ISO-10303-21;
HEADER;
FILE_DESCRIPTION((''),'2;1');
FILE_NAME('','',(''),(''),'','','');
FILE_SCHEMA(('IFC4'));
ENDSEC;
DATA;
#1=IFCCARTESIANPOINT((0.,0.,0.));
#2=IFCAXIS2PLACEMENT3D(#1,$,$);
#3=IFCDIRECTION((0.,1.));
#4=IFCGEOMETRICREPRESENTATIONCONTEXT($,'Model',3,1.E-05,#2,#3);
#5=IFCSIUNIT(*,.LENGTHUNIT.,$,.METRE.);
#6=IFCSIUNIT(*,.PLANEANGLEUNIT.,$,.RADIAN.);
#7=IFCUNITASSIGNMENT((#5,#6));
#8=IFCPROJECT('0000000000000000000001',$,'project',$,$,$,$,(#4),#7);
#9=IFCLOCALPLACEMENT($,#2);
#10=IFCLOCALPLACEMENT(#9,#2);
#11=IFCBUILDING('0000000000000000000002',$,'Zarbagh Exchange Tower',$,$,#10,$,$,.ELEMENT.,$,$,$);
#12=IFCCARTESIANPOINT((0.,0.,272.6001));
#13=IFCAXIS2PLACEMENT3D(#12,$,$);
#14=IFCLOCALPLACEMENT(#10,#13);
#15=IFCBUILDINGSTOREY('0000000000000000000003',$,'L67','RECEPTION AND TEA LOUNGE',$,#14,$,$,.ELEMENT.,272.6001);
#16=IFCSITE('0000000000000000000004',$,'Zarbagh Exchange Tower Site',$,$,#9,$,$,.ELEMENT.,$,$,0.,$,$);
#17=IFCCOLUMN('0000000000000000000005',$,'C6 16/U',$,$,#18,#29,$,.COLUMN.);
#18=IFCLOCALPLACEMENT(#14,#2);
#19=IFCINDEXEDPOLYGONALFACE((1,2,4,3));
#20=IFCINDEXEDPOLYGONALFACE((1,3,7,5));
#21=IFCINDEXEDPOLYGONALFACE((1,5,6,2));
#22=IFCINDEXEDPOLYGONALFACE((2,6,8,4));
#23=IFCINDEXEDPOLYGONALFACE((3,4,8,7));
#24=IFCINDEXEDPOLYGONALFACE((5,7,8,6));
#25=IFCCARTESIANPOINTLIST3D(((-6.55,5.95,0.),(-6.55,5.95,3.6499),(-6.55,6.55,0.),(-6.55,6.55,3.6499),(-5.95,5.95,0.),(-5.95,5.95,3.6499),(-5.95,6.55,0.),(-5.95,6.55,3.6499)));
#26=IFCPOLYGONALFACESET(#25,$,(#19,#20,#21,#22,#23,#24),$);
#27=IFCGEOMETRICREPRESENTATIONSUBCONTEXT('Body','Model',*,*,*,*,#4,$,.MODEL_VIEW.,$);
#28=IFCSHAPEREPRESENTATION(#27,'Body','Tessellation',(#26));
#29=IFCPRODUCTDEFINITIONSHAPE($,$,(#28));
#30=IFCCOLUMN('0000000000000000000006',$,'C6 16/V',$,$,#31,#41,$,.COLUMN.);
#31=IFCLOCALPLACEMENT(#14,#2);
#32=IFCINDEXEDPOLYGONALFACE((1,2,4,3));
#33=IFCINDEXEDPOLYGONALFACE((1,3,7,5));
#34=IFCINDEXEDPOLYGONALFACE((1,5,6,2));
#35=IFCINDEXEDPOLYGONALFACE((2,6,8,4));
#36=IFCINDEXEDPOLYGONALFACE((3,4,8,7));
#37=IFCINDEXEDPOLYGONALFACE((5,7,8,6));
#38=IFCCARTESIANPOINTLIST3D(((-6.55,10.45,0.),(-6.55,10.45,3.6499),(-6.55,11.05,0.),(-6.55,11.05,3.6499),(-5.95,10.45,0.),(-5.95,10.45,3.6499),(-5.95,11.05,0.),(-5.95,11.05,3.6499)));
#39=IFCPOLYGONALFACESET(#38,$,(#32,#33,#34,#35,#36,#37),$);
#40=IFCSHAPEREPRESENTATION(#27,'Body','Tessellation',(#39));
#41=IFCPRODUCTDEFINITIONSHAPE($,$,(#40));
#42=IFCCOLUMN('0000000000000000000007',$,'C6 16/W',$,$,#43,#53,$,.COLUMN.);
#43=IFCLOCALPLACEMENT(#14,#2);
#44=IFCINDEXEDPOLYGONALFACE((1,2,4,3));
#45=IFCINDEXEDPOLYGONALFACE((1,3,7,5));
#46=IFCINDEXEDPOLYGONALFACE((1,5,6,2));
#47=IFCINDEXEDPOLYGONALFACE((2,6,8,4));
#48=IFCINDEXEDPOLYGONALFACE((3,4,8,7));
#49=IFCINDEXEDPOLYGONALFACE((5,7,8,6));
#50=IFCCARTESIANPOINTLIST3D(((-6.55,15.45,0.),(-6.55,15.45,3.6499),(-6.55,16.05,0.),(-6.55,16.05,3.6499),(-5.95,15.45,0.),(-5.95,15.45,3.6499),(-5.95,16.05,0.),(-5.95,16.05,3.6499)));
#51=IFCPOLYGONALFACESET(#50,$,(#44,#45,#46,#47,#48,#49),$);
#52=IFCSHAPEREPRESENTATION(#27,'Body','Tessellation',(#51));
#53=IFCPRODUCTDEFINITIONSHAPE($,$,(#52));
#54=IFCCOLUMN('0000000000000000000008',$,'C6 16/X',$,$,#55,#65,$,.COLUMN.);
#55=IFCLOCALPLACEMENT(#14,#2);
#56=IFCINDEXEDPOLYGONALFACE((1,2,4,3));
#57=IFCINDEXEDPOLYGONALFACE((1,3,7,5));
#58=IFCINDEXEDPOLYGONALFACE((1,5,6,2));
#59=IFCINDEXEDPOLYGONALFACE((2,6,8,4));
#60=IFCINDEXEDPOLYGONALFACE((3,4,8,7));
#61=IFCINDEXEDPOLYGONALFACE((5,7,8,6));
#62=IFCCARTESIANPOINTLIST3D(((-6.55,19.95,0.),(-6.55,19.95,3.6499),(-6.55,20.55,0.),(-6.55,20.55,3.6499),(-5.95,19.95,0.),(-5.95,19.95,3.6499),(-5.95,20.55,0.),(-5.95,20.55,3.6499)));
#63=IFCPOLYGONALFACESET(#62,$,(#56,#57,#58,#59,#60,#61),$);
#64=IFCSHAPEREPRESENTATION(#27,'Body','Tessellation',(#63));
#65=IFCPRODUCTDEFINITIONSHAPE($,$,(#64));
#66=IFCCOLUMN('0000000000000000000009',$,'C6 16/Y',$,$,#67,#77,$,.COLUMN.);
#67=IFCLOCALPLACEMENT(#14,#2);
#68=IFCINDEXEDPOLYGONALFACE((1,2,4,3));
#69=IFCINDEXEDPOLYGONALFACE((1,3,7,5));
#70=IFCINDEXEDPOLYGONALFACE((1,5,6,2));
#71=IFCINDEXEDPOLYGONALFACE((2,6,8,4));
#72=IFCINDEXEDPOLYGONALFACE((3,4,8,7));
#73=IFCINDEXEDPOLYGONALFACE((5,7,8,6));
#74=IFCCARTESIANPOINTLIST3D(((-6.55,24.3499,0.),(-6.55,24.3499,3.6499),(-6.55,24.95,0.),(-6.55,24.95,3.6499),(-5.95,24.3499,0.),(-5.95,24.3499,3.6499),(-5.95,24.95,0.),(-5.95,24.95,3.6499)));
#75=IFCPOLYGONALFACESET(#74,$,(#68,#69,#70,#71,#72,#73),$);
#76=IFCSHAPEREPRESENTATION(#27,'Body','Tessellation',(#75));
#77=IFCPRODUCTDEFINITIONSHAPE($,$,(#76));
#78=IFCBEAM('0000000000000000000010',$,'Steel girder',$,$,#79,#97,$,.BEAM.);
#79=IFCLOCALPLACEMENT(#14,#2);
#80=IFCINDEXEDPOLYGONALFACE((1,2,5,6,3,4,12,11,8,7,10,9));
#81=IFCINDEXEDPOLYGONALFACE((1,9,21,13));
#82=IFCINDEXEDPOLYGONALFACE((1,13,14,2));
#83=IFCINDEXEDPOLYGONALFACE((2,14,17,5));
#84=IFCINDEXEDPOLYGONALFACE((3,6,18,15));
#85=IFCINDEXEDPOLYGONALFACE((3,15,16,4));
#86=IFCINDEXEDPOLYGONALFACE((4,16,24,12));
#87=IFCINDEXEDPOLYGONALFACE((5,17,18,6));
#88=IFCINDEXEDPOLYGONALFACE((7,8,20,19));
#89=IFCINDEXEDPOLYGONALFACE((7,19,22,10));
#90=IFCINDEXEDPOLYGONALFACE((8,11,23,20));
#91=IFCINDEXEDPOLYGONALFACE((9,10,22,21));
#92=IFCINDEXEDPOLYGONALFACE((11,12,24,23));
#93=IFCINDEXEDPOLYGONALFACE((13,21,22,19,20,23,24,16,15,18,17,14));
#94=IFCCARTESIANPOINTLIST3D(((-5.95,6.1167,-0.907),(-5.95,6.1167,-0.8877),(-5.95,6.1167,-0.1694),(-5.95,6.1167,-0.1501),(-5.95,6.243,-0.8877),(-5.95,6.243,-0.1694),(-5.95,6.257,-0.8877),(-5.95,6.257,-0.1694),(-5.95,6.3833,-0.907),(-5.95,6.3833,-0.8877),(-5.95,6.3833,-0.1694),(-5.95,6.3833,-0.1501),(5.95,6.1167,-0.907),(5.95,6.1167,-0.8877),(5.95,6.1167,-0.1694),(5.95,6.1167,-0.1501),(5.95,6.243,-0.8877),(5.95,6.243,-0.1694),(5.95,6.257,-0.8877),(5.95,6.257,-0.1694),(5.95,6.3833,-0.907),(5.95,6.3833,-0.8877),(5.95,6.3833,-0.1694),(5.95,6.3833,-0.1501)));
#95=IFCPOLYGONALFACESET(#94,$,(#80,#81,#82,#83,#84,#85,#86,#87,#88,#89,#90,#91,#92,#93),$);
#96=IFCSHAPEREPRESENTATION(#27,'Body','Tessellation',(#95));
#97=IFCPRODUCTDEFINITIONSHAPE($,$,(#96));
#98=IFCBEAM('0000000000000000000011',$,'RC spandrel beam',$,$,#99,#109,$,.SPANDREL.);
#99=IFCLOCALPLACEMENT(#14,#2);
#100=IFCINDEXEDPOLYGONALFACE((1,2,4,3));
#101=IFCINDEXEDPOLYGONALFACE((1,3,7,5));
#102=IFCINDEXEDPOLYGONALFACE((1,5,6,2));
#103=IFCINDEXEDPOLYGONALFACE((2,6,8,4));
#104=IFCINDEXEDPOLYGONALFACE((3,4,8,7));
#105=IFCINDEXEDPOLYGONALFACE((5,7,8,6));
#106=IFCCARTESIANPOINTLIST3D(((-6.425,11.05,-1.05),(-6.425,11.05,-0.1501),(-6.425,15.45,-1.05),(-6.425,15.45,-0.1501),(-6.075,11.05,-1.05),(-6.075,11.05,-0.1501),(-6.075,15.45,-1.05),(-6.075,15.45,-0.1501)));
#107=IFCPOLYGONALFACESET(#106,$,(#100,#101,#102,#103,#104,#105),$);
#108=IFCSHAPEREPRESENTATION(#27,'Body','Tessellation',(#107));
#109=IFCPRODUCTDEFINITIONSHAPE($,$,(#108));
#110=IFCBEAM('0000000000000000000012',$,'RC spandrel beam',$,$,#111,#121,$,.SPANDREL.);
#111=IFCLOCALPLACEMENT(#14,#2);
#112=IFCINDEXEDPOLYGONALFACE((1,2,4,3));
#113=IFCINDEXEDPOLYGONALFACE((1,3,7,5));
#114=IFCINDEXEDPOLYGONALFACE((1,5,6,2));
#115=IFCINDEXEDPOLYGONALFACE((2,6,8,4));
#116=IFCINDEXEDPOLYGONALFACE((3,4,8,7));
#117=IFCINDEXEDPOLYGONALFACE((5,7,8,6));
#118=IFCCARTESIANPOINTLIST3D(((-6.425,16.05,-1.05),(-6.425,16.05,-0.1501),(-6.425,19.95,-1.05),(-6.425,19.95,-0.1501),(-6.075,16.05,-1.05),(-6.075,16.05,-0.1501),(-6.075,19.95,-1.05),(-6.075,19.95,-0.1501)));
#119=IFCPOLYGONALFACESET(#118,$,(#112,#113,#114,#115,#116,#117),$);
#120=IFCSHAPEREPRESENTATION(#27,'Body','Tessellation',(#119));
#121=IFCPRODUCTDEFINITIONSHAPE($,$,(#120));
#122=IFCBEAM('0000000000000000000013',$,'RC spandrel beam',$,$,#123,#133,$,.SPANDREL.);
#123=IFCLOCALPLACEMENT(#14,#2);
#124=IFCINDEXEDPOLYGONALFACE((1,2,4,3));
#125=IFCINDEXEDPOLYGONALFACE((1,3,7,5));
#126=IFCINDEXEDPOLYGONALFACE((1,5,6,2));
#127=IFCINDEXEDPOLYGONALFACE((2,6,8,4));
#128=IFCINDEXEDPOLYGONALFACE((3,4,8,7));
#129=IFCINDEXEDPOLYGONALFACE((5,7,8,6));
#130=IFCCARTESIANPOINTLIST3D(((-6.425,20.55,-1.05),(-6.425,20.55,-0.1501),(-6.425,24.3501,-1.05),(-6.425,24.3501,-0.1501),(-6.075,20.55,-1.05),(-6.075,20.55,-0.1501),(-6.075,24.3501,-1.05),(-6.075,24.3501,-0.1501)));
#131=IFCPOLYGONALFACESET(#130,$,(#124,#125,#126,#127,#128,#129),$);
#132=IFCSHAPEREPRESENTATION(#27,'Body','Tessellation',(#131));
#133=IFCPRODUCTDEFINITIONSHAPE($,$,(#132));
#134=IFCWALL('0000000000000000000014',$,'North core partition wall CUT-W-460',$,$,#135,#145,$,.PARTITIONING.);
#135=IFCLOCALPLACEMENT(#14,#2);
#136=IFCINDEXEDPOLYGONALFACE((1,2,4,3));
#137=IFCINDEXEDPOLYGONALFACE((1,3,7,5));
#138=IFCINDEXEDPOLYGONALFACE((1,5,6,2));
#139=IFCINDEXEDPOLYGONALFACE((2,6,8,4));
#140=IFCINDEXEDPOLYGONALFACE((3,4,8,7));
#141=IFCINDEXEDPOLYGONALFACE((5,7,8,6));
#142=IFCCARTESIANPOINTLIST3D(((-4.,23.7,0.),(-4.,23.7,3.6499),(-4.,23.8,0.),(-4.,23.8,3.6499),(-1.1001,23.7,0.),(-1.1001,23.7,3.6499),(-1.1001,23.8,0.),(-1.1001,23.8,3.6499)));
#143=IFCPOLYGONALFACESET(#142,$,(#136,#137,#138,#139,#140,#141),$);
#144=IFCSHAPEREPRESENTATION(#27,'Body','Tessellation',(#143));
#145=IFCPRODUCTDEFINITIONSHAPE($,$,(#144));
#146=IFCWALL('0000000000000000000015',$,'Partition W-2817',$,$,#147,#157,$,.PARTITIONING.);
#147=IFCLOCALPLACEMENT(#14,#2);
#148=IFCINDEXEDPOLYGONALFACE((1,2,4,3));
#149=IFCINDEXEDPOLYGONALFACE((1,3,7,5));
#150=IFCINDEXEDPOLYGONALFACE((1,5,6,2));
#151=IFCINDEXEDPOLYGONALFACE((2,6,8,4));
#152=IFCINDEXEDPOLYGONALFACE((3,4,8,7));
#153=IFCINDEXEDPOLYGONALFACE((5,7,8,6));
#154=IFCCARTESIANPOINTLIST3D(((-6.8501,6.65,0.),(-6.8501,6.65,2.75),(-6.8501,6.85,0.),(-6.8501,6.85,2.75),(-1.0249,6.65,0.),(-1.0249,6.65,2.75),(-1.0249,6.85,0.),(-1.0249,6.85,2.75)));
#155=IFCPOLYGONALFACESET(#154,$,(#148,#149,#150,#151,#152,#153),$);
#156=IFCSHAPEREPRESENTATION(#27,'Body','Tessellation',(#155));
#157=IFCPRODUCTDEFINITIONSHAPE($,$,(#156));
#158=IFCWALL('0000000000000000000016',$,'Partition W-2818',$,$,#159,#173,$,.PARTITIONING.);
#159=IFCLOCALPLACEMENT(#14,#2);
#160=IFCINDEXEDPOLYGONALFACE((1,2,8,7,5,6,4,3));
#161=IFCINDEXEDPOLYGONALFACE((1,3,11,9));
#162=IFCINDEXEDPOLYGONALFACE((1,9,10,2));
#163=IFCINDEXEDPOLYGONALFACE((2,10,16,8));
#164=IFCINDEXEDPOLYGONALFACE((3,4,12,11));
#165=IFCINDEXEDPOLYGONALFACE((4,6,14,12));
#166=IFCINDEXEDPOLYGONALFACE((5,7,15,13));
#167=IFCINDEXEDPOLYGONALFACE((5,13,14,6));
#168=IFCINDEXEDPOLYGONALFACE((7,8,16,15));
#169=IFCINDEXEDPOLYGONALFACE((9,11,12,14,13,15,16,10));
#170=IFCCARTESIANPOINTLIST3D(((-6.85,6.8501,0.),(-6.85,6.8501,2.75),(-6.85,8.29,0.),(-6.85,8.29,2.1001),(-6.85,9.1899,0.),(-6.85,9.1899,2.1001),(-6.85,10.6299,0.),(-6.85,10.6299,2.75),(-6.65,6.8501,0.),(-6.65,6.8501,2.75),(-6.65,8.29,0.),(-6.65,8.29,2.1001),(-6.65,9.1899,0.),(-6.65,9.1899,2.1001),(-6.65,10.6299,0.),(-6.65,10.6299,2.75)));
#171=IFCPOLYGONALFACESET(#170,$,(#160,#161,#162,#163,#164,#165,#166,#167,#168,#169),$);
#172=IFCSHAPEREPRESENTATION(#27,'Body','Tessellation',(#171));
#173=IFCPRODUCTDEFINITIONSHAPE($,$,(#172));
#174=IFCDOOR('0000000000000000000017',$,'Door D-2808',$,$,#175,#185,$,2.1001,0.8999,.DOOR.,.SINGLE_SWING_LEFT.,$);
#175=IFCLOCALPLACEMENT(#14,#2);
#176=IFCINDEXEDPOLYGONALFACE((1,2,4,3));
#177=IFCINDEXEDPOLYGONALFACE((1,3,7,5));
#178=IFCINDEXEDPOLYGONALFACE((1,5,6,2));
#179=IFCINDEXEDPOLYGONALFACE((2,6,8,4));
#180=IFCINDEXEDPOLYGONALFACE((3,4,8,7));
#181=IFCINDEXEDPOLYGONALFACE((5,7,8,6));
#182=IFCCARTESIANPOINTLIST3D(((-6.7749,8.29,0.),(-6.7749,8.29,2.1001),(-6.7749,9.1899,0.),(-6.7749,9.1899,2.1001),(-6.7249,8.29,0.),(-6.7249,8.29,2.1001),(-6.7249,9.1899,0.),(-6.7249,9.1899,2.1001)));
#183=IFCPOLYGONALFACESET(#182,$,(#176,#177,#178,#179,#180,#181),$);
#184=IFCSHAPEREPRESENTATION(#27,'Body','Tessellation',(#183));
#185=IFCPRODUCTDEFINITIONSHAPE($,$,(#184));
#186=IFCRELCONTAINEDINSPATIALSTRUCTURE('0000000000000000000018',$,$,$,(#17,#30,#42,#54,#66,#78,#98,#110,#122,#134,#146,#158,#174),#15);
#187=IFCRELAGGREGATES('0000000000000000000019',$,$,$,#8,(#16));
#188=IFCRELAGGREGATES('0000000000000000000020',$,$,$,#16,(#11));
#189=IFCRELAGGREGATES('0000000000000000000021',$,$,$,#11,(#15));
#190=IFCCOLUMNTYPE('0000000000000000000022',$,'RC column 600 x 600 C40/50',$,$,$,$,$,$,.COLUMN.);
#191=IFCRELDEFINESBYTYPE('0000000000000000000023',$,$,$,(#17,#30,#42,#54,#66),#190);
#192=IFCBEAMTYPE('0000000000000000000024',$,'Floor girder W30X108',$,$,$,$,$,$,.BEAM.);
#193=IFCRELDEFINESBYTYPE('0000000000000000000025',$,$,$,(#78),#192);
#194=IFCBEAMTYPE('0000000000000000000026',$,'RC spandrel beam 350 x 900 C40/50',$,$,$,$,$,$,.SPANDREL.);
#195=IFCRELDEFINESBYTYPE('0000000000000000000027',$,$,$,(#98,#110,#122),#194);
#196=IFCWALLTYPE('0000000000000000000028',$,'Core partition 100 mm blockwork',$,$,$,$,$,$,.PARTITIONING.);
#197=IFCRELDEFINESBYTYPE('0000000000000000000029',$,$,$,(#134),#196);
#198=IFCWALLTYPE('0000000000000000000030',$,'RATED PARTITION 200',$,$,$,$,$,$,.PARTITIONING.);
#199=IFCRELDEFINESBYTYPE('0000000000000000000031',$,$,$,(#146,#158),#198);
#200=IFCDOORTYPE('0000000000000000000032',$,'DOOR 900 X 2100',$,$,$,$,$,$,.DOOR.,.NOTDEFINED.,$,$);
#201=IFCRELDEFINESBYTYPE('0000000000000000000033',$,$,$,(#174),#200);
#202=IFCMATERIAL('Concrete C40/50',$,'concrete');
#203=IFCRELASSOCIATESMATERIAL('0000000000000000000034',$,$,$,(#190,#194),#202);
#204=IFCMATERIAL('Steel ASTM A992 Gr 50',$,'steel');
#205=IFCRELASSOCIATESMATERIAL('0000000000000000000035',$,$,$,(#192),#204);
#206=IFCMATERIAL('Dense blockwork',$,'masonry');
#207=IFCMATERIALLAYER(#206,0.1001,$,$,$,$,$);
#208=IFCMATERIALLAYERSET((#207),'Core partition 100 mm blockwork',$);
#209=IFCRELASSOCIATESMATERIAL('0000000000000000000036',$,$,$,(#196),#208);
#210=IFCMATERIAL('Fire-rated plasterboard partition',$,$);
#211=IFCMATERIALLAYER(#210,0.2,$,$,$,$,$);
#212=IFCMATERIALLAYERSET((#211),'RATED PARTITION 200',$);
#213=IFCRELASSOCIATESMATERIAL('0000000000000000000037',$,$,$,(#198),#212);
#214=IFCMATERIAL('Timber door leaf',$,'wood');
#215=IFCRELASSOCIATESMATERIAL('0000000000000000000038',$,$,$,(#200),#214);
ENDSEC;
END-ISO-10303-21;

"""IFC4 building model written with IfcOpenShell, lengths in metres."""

from ifc_helpers import new_model, si_unit, direction, frame, frame_2d, origin, origin_2d, place, context, subcontext, project, spatial, rectangle, i_section, extrude, material, layer, layer_set, material_profile, profile_set, type_object, element, fill, save


model = new_model("IFC4")

# Units and contexts
model_context = context("Model", 3, precision=1e-05, world=origin(), true_north=direction((0.0, 1.0)))
body_context = subcontext(model_context, "Body", "Model", "MODEL_VIEW")
ifc_project = project(units=[si_unit("LENGTHUNIT", "METRE"), si_unit("PLANEANGLEUNIT", "RADIAN")], contexts=[model_context])

# Site, building, storey
site_placement = place(None, origin())
site = spatial("IfcSite", under=ifc_project, at=site_placement, Name="Zarbagh Exchange Tower Site", CompositionType="ELEMENT", RefElevation=0.0)
building_placement = place(site_placement, origin())
building = spatial("IfcBuilding", under=site, at=building_placement, Name="Zarbagh Exchange Tower", CompositionType="ELEMENT")
storey_placement = place(building_placement, frame((0.0, 0.0, 272.6001)))
storey = spatial("IfcBuildingStorey", under=building, at=storey_placement, Name="L67", Description="RECEPTION AND TEA LOUNGE", CompositionType="ELEMENT", Elevation=272.6001)

# Columns
ifc_material_1 = material(Name="Concrete C40/50", Category="concrete")
ifc_material_profile_1 = material_profile(ifc_material_1, rectangle(XDim=0.6001, YDim=0.6001, at=origin_2d()), Name="RC column 600 x 600 C40/50")
ifc_profile_set_1 = profile_set([ifc_material_profile_1], Name="Concrete C40/50")
column_type = type_object("IfcColumnType", Name="RC column 600 x 600 C40/50", PredefinedType="COLUMN", material=ifc_profile_set_1)
for number, where, z_axis, x_axis, name in (
    (1, (-6.25, 6.25, 0.0), (0.0, 0.0, 1.0), (1.0, 0.0, 0.0), "C6 16/U"),
    (2, (-6.25, 10.75, 0.0), (0.0, 0.0, 1.0), (1.0, 0.0, 0.0), "C6 16/V"),
    (3, (-6.25, 15.75, 0.0), (0.0, 0.0, 1.0), (1.0, 0.0, 0.0), "C6 16/W"),
    (4, (-6.25, 20.25, 0.0), (0.0, 0.0, 1.0), (1.0, 0.0, 0.0), "C6 16/X"),
    (5, (-6.25, 24.6499, 0.0), (0.0, 0.0, 1.0), (1.0, 0.0, 0.0), "C6 16/Y"),
):
    element("IfcColumn", number, at=place(storey_placement, frame(where, z_axis=z_axis, x_axis=x_axis)), inside=storey, type_object=column_type, Name=name, PredefinedType="COLUMN", context=body_context, shape_type="SweptSolid", body=[
        extrude(rectangle(XDim=0.6001, YDim=0.6001, at=origin_2d()), origin(), (0.0, 0.0, 1.0), 3.6499),
    ])

# Beams
ifc_material_2 = material(Name="Steel ASTM A992 Gr 50", Category="steel")
ifc_material_profile_2 = material_profile(ifc_material_2, i_section(OverallWidth=0.2666, OverallDepth=0.7568, WebThickness=0.0139, FlangeThickness=0.0193, at=origin_2d()), Name="W30X108")
ifc_profile_set_2 = profile_set([ifc_material_profile_2], Name="Steel ASTM A992 Gr 50")
beam_type_1 = type_object("IfcBeamType", Name="Floor girder W30X108", PredefinedType="BEAM", material=ifc_profile_set_2)
beam_1_placement = place(storey_placement, frame((-5.95, 6.25, -0.5286), z_axis=(1.0, 0.0, 0.0), x_axis=(0.0, 1.0, 0.0)))
element("IfcBeam", 6, at=beam_1_placement, inside=storey, type_object=beam_type_1, Name="Steel girder", PredefinedType="BEAM", context=body_context, shape_type="SweptSolid", body=[
    extrude(i_section(OverallWidth=0.2666, OverallDepth=0.7568, WebThickness=0.0139, FlangeThickness=0.0193, at=origin_2d()), origin(), (0.0, 0.0, 1.0), 11.8999),
])
ifc_material_profile_3 = material_profile(ifc_material_1, rectangle(XDim=0.3501, YDim=0.8999, at=origin_2d()), Name="RC spandrel beam 350 x 900 C40/50")
ifc_profile_set_3 = profile_set([ifc_material_profile_3], Name="Concrete C40/50")
beam_type_2 = type_object("IfcBeamType", Name="RC spandrel beam 350 x 900 C40/50", PredefinedType="SPANDREL", material=ifc_profile_set_3)
beam_2_placement = place(storey_placement, frame((-6.25, 11.05, -0.6001), z_axis=(0.0, 1.0, 0.0), x_axis=(-1.0, 0.0, 0.0)))
element("IfcBeam", 7, at=beam_2_placement, inside=storey, type_object=beam_type_2, Name="RC spandrel beam", PredefinedType="SPANDREL", context=body_context, shape_type="SweptSolid", body=[
    extrude(rectangle(XDim=0.3501, YDim=0.8999, at=origin_2d()), origin(), (0.0, 0.0, 1.0), 4.3999),
])
beam_3_placement = place(storey_placement, frame((-6.25, 16.05, -0.6001), z_axis=(0.0, 1.0, 0.0), x_axis=(-1.0, 0.0, 0.0)))
element("IfcBeam", 8, at=beam_3_placement, inside=storey, type_object=beam_type_2, Name="RC spandrel beam", PredefinedType="SPANDREL", context=body_context, shape_type="SweptSolid", body=[
    extrude(rectangle(XDim=0.3501, YDim=0.8999, at=origin_2d()), origin(), (0.0, 0.0, 1.0), 3.8999),
])
beam_4_placement = place(storey_placement, frame((-6.25, 20.55, -0.6001), z_axis=(0.0, 1.0, 0.0), x_axis=(-1.0, 0.0, 0.0)))
element("IfcBeam", 9, at=beam_4_placement, inside=storey, type_object=beam_type_2, Name="RC spandrel beam", PredefinedType="SPANDREL", context=body_context, shape_type="SweptSolid", body=[
    extrude(rectangle(XDim=0.3501, YDim=0.8999, at=origin_2d()), origin(), (0.0, 0.0, 1.0), 3.8),
])

# Walls
ifc_material_3 = material(Name="Dense blockwork", Category="masonry")
ifc_layer_1 = layer(ifc_material_3, 0.1001)
ifc_layer_set_1 = layer_set([ifc_layer_1], Name="Core partition 100 mm blockwork")
wall_type_1 = type_object("IfcWallType", Name="Core partition 100 mm blockwork", PredefinedType="PARTITIONING", material=ifc_layer_set_1)
wall_1_placement = place(storey_placement, frame((-4.0, 23.75, 0.0), z_axis=(0.0, 0.0, 1.0), x_axis=(1.0, 0.0, 0.0)))
element("IfcWall", 10, at=wall_1_placement, inside=storey, type_object=wall_type_1, Name="North core partition wall CUT-W-460", PredefinedType="PARTITIONING", context=body_context, shape_type="SweptSolid", body=[
    extrude(rectangle(XDim=2.8999, YDim=0.1001, at=frame_2d((1.45, 0.0))), origin(), (0.0, 0.0, 1.0), 3.6499),
])
ifc_material_4 = material(Name="Fire-rated plasterboard partition")
ifc_layer_2 = layer(ifc_material_4, 0.2)
ifc_layer_set_2 = layer_set([ifc_layer_2], Name="RATED PARTITION 200")
wall_type_2 = type_object("IfcWallType", Name="RATED PARTITION 200", PredefinedType="PARTITIONING", material=ifc_layer_set_2)
wall_2_placement = place(storey_placement, frame((-6.8501, 6.75, 0.0), z_axis=(0.0, 0.0, 1.0), x_axis=(1.0, 0.0, 0.0)))
element("IfcWall", 11, at=wall_2_placement, inside=storey, type_object=wall_type_2, Name="Partition W-2817", PredefinedType="PARTITIONING", context=body_context, shape_type="SweptSolid", body=[
    extrude(rectangle(XDim=5.8252, YDim=0.2, at=frame_2d((2.9126, 0.0))), origin(), (0.0, 0.0, 1.0), 2.75),
])

# Wall, opening, door
wall_3_placement = place(storey_placement, frame((-6.75, 6.8501, 0.0), z_axis=(0.0, 0.0, 1.0), x_axis=(0.0, 1.0, 0.0)))
wall_3 = element("IfcWall", 12, at=wall_3_placement, inside=storey, type_object=wall_type_2, Name="Partition W-2818", PredefinedType="PARTITIONING", context=body_context, shape_type="SweptSolid", body=[
    extrude(rectangle(XDim=3.7798, YDim=0.2, at=frame_2d((1.8899, 0.0))), origin(), (0.0, 0.0, 1.0), 2.75),
])
opening_1_placement = place(wall_3_placement, frame((1.4399, 0.0, 0.0)))
opening_1 = element("IfcOpeningElement", 13, at=opening_1_placement, cuts=wall_3, PredefinedType="OPENING", context=body_context, shape_type="SweptSolid", body=[
    extrude(rectangle(XDim=0.8999, YDim=2.1001, at=frame_2d((0.45, 1.05))), frame((0.0, 0.1099, 0.0), z_axis=(0.0, -1.0, 0.0), x_axis=(1.0, 0.0, 0.0)), (0.0, 0.0, 1.0), 0.22),
])
ifc_material_5 = material(Name="Timber door leaf", Category="wood")
door_type_1 = type_object("IfcDoorType", Name="DOOR 900 X 2100", OperationType="NOTDEFINED", PredefinedType="DOOR", material=ifc_material_5)
door_1_placement = place(opening_1_placement, origin())
door_1 = element("IfcDoor", 14, at=door_1_placement, inside=storey, type_object=door_type_1, Name="Door D-2808", OperationType="SINGLE_SWING_LEFT", OverallHeight=2.1001, OverallWidth=0.8999, PredefinedType="DOOR", context=body_context, shape_type="SweptSolid", body=[
    extrude(rectangle(XDim=0.8999, YDim=2.1001, at=frame_2d((0.45, 1.05))), frame((0.0, 0.0249, 0.0), z_axis=(0.0, -1.0, 0.0), x_axis=(1.0, 0.0, 0.0)), (0.0, 0.0, 1.0), 0.05),
])
fill(opening_1, door_1)

save(model, "model.ifc")
